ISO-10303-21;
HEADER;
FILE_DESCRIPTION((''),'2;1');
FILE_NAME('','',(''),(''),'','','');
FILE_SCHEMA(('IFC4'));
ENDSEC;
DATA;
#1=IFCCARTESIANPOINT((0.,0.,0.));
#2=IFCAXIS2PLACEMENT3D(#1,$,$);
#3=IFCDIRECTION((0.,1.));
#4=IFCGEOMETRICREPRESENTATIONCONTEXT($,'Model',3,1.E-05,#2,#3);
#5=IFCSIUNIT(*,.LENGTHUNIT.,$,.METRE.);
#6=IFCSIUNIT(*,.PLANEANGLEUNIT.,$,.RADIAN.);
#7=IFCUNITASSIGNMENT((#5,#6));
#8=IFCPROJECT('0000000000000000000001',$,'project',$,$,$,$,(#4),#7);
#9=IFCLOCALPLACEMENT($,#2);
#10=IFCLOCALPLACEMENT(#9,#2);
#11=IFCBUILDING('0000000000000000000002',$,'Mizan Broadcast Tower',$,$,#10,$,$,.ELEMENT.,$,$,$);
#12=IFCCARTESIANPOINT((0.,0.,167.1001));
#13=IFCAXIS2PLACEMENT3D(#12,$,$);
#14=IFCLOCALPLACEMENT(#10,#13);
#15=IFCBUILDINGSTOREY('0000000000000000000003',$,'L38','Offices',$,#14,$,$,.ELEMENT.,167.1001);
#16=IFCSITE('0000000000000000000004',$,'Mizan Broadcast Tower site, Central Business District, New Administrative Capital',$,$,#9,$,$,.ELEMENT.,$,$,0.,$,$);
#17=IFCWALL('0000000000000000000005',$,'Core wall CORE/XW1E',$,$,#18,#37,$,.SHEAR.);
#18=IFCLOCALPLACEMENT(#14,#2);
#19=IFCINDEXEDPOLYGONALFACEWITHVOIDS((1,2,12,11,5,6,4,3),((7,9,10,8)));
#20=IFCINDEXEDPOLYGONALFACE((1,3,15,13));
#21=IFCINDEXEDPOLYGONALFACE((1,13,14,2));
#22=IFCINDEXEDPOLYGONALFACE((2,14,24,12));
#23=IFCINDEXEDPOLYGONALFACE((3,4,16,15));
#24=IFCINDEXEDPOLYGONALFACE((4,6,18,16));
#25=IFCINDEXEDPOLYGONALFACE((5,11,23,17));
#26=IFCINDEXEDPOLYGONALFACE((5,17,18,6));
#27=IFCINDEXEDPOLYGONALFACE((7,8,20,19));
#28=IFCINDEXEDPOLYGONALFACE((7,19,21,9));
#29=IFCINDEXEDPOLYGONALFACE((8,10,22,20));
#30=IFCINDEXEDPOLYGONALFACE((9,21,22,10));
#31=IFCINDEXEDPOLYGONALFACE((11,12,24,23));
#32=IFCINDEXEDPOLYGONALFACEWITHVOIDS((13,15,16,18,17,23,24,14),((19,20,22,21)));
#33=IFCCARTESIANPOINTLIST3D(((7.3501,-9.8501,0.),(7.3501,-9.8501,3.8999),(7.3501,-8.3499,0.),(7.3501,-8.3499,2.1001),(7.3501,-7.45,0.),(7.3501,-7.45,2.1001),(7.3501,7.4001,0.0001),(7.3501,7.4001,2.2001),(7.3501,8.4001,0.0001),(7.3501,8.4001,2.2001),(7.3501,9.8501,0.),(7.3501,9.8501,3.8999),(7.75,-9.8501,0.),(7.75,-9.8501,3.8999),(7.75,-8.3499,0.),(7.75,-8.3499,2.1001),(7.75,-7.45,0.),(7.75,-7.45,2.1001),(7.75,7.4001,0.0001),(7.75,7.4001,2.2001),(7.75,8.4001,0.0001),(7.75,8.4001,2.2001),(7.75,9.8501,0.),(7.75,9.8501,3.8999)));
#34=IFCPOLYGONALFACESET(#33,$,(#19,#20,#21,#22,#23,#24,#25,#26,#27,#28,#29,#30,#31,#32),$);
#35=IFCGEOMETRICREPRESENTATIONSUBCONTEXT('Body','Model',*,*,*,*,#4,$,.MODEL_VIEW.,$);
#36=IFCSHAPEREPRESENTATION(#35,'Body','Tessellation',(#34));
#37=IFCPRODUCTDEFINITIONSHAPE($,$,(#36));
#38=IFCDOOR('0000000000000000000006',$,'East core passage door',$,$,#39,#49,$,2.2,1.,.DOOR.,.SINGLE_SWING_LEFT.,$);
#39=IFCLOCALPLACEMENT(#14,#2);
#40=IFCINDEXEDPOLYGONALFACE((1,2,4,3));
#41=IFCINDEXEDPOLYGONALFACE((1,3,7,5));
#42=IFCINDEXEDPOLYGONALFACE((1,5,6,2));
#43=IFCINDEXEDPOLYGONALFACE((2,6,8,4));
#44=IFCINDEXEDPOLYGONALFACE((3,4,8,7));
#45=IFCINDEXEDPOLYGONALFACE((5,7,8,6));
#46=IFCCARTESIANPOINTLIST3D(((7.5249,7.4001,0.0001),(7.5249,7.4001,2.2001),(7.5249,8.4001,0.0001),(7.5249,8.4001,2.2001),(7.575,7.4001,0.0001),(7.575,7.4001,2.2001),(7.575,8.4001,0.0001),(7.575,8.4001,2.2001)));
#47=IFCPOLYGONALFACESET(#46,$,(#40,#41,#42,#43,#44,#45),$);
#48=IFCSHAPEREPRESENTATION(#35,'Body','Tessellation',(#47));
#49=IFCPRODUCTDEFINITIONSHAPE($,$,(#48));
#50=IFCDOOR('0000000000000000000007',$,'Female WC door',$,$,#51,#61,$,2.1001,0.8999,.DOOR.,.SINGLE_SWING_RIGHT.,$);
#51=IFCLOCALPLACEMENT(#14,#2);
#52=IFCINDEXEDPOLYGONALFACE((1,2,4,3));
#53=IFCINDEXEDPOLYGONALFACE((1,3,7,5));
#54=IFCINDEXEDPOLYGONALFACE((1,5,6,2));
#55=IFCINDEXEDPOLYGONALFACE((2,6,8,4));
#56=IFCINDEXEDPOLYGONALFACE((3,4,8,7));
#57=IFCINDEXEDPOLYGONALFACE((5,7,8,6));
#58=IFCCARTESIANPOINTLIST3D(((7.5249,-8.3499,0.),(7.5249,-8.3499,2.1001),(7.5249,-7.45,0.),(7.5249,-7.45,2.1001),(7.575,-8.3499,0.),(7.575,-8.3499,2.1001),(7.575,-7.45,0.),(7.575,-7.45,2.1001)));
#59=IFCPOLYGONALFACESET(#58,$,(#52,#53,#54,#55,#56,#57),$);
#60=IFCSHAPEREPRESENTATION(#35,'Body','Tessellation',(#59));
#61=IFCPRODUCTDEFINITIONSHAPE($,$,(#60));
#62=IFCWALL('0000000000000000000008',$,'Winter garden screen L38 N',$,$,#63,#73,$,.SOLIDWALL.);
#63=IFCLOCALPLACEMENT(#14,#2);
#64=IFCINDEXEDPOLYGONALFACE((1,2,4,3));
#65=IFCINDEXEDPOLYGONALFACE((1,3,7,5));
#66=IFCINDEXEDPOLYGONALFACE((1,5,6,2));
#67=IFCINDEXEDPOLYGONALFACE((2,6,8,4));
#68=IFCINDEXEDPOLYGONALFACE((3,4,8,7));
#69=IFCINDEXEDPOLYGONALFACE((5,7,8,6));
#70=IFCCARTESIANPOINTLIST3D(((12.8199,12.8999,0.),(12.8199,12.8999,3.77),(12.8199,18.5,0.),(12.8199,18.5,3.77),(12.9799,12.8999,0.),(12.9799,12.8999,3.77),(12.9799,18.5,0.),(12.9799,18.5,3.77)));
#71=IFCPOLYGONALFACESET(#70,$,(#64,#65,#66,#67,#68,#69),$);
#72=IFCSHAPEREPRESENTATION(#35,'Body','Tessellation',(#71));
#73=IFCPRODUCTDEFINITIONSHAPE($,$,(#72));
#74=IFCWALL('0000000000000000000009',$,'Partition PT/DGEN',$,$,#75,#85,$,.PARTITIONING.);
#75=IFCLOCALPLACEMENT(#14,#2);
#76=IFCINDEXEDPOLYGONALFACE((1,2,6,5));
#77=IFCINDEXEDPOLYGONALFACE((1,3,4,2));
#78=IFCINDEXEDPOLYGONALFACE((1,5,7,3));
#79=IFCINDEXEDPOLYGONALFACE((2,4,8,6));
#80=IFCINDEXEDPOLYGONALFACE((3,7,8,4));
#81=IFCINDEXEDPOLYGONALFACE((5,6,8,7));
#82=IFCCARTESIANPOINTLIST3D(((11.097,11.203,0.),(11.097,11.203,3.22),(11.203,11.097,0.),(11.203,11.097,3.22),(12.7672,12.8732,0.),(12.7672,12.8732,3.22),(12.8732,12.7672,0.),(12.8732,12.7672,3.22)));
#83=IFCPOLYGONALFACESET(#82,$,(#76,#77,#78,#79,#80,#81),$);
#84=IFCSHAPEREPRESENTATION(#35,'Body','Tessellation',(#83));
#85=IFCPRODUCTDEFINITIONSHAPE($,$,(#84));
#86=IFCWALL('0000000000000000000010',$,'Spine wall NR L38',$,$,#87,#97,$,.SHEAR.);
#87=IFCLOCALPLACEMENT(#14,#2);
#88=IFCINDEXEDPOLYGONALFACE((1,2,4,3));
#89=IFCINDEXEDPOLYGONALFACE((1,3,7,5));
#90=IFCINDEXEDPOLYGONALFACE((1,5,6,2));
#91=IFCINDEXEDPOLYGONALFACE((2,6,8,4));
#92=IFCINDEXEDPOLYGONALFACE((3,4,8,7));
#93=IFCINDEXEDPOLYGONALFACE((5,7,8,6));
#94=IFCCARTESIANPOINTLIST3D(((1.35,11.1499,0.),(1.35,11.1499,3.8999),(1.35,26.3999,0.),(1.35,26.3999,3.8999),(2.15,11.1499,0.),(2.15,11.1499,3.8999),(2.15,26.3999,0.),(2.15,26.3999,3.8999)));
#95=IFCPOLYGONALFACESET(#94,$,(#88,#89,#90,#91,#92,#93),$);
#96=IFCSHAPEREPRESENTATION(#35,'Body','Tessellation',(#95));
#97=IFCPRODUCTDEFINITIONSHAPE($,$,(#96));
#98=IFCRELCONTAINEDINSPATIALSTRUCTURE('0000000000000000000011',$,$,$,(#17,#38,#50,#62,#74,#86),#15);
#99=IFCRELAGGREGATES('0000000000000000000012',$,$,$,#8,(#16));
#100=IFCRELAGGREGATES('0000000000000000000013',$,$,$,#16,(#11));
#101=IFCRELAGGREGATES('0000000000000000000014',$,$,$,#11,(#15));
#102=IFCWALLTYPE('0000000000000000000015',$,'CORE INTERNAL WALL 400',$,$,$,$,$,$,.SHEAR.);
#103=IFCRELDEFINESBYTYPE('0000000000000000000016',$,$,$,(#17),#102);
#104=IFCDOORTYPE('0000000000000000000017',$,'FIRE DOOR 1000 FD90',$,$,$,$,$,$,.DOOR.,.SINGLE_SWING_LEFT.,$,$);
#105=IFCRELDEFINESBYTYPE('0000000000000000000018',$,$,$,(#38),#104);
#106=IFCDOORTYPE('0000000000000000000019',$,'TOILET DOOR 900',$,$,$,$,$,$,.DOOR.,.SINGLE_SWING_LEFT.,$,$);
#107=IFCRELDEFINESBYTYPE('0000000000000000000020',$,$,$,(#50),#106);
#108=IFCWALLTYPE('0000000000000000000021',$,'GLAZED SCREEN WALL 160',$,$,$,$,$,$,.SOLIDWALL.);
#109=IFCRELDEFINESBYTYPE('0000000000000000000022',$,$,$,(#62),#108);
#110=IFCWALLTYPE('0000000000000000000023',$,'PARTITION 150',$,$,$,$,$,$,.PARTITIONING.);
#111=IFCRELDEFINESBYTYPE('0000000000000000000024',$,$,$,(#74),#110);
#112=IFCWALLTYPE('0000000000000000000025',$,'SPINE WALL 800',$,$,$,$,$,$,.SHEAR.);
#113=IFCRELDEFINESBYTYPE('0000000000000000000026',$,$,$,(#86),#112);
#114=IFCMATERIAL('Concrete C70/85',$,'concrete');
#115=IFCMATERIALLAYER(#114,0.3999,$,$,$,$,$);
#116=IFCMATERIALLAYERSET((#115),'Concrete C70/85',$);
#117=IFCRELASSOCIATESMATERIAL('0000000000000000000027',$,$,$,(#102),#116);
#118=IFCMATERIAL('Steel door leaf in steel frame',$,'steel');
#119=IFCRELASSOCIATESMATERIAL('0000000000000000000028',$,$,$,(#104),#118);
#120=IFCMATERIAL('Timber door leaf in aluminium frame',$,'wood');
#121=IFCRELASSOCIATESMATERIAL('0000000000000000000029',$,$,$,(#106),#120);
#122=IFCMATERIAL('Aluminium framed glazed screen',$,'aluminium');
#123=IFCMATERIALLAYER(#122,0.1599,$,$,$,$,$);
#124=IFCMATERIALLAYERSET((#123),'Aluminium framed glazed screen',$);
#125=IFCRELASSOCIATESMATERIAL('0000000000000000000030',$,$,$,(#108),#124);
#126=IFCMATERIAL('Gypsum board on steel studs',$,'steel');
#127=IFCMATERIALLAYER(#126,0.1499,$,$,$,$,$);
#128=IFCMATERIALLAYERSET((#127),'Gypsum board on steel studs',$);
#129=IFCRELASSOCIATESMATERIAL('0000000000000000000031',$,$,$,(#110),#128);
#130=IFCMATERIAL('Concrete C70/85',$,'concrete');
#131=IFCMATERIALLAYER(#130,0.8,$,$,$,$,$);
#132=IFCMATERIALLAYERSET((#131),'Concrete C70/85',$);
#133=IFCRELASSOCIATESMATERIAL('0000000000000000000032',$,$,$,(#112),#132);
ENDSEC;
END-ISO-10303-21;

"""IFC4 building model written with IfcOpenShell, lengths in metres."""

from ifc_helpers import new_model, si_unit, direction, frame, frame_2d, origin, place, context, subcontext, project, spatial, rectangle, extrude, material, layer, layer_set, type_object, element, fill, save


model = new_model("IFC4")

# Units and contexts
model_context = context("Model", 3, precision=1e-05, world=origin(), true_north=direction((0.0, 1.0)))
body_context = subcontext(model_context, "Body", "Model", "MODEL_VIEW")
ifc_project = project(units=[si_unit("LENGTHUNIT", "METRE"), si_unit("PLANEANGLEUNIT", "RADIAN")], contexts=[model_context])

# Site, building, storey
site_placement = place(None, origin())
site = spatial("IfcSite", under=ifc_project, at=site_placement, Name="Mizan Broadcast Tower site, Central Business District, New Administrative Capital", CompositionType="ELEMENT", RefElevation=0.0)
building_placement = place(site_placement, origin())
building = spatial("IfcBuilding", under=site, at=building_placement, Name="Mizan Broadcast Tower", CompositionType="ELEMENT")
storey_placement = place(building_placement, frame((0.0, 0.0, 167.1001)))
storey = spatial("IfcBuildingStorey", under=building, at=storey_placement, Name="L38", Description="Offices", CompositionType="ELEMENT", Elevation=167.1001)

# Wall, openings, doors
ifc_material_1 = material(Name="Concrete C70/85", Category="concrete")
ifc_layer_1 = layer(ifc_material_1, 0.3999)
ifc_layer_set_1 = layer_set([ifc_layer_1], Name="Concrete C70/85")
wall_type_1 = type_object("IfcWallType", Name="CORE INTERNAL WALL 400", PredefinedType="SHEAR", material=ifc_layer_set_1)
wall_1_placement = place(storey_placement, frame((7.55, 9.8501, 0.0), z_axis=(0.0, 0.0, 1.0), x_axis=(0.0, -1.0, 0.0)))
wall_1 = element("IfcWall", 1, at=wall_1_placement, inside=storey, type_object=wall_type_1, Name="Core wall CORE/XW1E", PredefinedType="SHEAR", context=body_context, shape_type="SweptSolid", body=[
    extrude(rectangle(XDim=19.7002, YDim=0.3999, at=frame_2d((9.8501, 0.0))), origin(), (0.0, 0.0, 1.0), 3.8999),
])
opening_1_placement = place(wall_1_placement, frame((1.45, 0.0, 0.0)))
opening_1 = element("IfcOpeningElement", 2, at=opening_1_placement, cuts=wall_1, PredefinedType="OPENING", context=body_context, shape_type="SweptSolid", body=[
    extrude(rectangle(XDim=1.0, YDim=2.2, at=frame_2d((0.5, 1.1001))), frame((0.0, 0.21, 0.0), z_axis=(0.0, -1.0, 0.0), x_axis=(1.0, 0.0, 0.0)), (0.0, 0.0, 1.0), 0.4199),
])
opening_2_placement = place(wall_1_placement, frame((17.3, 0.0, 0.0)))
opening_2 = element("IfcOpeningElement", 3, at=opening_2_placement, cuts=wall_1, PredefinedType="OPENING", context=body_context, shape_type="SweptSolid", body=[
    extrude(rectangle(XDim=0.8999, YDim=2.1001, at=frame_2d((0.45, 1.05))), frame((0.0, 0.21, 0.0), z_axis=(0.0, -1.0, 0.0), x_axis=(1.0, 0.0, 0.0)), (0.0, 0.0, 1.0), 0.4199),
])
ifc_material_2 = material(Name="Steel door leaf in steel frame", Category="steel")
door_type_1 = type_object("IfcDoorType", Name="FIRE DOOR 1000 FD90", OperationType="SINGLE_SWING_LEFT", PredefinedType="DOOR", material=ifc_material_2)
door_1_placement = place(opening_1_placement, origin())
door_1 = element("IfcDoor", 4, at=door_1_placement, inside=storey, type_object=door_type_1, Name="East core passage door", OperationType="SINGLE_SWING_LEFT", OverallHeight=2.2, OverallWidth=1.0, PredefinedType="DOOR", context=body_context, shape_type="SweptSolid", body=[
    extrude(rectangle(XDim=1.0, YDim=2.2, at=frame_2d((0.5, 1.1001))), frame((0.0, 0.0249, 0.0), z_axis=(0.0, -1.0, 0.0), x_axis=(1.0, 0.0, 0.0)), (0.0, 0.0, 1.0), 0.05),
])
fill(opening_1, door_1)
ifc_material_3 = material(Name="Timber door leaf in aluminium frame", Category="wood")
door_type_2 = type_object("IfcDoorType", Name="TOILET DOOR 900", OperationType="SINGLE_SWING_LEFT", PredefinedType="DOOR", material=ifc_material_3)
door_2_placement = place(opening_2_placement, origin())
door_2 = element("IfcDoor", 5, at=door_2_placement, inside=storey, type_object=door_type_2, Name="Female WC door", OperationType="SINGLE_SWING_RIGHT", OverallHeight=2.1001, OverallWidth=0.8999, PredefinedType="DOOR", context=body_context, shape_type="SweptSolid", body=[
    extrude(rectangle(XDim=0.8999, YDim=2.1001, at=frame_2d((0.45, 1.05))), frame((0.0, 0.0249, 0.0), z_axis=(0.0, -1.0, 0.0), x_axis=(1.0, 0.0, 0.0)), (0.0, 0.0, 1.0), 0.05),
])
fill(opening_2, door_2)

# Walls
ifc_material_4 = material(Name="Aluminium framed glazed screen", Category="aluminium")
ifc_layer_2 = layer(ifc_material_4, 0.1599)
ifc_layer_set_2 = layer_set([ifc_layer_2], Name="Aluminium framed glazed screen")
wall_type_2 = type_object("IfcWallType", Name="GLAZED SCREEN WALL 160", PredefinedType="SOLIDWALL", material=ifc_layer_set_2)
wall_2_placement = place(storey_placement, frame((12.8999, 12.8999, 0.0), z_axis=(0.0, 0.0, 1.0), x_axis=(0.0, 1.0, 0.0)))
element("IfcWall", 6, at=wall_2_placement, inside=storey, type_object=wall_type_2, Name="Winter garden screen L38 N", PredefinedType="SOLIDWALL", context=body_context, shape_type="SweptSolid", body=[
    extrude(rectangle(XDim=5.6001, YDim=0.1599, at=frame_2d((2.8, 0.0))), origin(), (0.0, 0.0, 1.0), 3.77),
])
ifc_material_5 = material(Name="Gypsum board on steel studs", Category="steel")
ifc_layer_3 = layer(ifc_material_5, 0.1499)
ifc_layer_set_3 = layer_set([ifc_layer_3], Name="Gypsum board on steel studs")
wall_type_3 = type_object("IfcWallType", Name="PARTITION 150", PredefinedType="PARTITIONING", material=ifc_layer_set_3)
wall_3_placement = place(storey_placement, frame((11.1499, 11.1499, 0.0), z_axis=(0.0, 0.0, 1.0), x_axis=(0.707107, 0.707107, 0.0)))
element("IfcWall", 7, at=wall_3_placement, inside=storey, type_object=wall_type_3, Name="Partition PT/DGEN", PredefinedType="PARTITIONING", context=body_context, shape_type="SweptSolid", body=[
    extrude(rectangle(XDim=2.3621, YDim=0.1499, at=frame_2d((1.1812, 0.0))), origin(), (0.0, 0.0, 1.0), 3.22),
])
ifc_material_6 = material(Name="Concrete C70/85", Category="concrete")
ifc_layer_4 = layer(ifc_material_6, 0.8)
ifc_layer_set_4 = layer_set([ifc_layer_4], Name="Concrete C70/85")
wall_type_4 = type_object("IfcWallType", Name="SPINE WALL 800", PredefinedType="SHEAR", material=ifc_layer_set_4)
wall_4_placement = place(storey_placement, frame((1.75, 11.1499, 0.0), z_axis=(0.0, 0.0, 1.0), x_axis=(0.0, 1.0, 0.0)))
element("IfcWall", 8, at=wall_4_placement, inside=storey, type_object=wall_type_4, Name="Spine wall NR L38", PredefinedType="SHEAR", context=body_context, shape_type="SweptSolid", body=[
    extrude(rectangle(XDim=15.25, YDim=0.8, at=frame_2d((7.625, 0.0))), origin(), (0.0, 0.0, 1.0), 3.8999),
])

save(model, "model.ifc")
